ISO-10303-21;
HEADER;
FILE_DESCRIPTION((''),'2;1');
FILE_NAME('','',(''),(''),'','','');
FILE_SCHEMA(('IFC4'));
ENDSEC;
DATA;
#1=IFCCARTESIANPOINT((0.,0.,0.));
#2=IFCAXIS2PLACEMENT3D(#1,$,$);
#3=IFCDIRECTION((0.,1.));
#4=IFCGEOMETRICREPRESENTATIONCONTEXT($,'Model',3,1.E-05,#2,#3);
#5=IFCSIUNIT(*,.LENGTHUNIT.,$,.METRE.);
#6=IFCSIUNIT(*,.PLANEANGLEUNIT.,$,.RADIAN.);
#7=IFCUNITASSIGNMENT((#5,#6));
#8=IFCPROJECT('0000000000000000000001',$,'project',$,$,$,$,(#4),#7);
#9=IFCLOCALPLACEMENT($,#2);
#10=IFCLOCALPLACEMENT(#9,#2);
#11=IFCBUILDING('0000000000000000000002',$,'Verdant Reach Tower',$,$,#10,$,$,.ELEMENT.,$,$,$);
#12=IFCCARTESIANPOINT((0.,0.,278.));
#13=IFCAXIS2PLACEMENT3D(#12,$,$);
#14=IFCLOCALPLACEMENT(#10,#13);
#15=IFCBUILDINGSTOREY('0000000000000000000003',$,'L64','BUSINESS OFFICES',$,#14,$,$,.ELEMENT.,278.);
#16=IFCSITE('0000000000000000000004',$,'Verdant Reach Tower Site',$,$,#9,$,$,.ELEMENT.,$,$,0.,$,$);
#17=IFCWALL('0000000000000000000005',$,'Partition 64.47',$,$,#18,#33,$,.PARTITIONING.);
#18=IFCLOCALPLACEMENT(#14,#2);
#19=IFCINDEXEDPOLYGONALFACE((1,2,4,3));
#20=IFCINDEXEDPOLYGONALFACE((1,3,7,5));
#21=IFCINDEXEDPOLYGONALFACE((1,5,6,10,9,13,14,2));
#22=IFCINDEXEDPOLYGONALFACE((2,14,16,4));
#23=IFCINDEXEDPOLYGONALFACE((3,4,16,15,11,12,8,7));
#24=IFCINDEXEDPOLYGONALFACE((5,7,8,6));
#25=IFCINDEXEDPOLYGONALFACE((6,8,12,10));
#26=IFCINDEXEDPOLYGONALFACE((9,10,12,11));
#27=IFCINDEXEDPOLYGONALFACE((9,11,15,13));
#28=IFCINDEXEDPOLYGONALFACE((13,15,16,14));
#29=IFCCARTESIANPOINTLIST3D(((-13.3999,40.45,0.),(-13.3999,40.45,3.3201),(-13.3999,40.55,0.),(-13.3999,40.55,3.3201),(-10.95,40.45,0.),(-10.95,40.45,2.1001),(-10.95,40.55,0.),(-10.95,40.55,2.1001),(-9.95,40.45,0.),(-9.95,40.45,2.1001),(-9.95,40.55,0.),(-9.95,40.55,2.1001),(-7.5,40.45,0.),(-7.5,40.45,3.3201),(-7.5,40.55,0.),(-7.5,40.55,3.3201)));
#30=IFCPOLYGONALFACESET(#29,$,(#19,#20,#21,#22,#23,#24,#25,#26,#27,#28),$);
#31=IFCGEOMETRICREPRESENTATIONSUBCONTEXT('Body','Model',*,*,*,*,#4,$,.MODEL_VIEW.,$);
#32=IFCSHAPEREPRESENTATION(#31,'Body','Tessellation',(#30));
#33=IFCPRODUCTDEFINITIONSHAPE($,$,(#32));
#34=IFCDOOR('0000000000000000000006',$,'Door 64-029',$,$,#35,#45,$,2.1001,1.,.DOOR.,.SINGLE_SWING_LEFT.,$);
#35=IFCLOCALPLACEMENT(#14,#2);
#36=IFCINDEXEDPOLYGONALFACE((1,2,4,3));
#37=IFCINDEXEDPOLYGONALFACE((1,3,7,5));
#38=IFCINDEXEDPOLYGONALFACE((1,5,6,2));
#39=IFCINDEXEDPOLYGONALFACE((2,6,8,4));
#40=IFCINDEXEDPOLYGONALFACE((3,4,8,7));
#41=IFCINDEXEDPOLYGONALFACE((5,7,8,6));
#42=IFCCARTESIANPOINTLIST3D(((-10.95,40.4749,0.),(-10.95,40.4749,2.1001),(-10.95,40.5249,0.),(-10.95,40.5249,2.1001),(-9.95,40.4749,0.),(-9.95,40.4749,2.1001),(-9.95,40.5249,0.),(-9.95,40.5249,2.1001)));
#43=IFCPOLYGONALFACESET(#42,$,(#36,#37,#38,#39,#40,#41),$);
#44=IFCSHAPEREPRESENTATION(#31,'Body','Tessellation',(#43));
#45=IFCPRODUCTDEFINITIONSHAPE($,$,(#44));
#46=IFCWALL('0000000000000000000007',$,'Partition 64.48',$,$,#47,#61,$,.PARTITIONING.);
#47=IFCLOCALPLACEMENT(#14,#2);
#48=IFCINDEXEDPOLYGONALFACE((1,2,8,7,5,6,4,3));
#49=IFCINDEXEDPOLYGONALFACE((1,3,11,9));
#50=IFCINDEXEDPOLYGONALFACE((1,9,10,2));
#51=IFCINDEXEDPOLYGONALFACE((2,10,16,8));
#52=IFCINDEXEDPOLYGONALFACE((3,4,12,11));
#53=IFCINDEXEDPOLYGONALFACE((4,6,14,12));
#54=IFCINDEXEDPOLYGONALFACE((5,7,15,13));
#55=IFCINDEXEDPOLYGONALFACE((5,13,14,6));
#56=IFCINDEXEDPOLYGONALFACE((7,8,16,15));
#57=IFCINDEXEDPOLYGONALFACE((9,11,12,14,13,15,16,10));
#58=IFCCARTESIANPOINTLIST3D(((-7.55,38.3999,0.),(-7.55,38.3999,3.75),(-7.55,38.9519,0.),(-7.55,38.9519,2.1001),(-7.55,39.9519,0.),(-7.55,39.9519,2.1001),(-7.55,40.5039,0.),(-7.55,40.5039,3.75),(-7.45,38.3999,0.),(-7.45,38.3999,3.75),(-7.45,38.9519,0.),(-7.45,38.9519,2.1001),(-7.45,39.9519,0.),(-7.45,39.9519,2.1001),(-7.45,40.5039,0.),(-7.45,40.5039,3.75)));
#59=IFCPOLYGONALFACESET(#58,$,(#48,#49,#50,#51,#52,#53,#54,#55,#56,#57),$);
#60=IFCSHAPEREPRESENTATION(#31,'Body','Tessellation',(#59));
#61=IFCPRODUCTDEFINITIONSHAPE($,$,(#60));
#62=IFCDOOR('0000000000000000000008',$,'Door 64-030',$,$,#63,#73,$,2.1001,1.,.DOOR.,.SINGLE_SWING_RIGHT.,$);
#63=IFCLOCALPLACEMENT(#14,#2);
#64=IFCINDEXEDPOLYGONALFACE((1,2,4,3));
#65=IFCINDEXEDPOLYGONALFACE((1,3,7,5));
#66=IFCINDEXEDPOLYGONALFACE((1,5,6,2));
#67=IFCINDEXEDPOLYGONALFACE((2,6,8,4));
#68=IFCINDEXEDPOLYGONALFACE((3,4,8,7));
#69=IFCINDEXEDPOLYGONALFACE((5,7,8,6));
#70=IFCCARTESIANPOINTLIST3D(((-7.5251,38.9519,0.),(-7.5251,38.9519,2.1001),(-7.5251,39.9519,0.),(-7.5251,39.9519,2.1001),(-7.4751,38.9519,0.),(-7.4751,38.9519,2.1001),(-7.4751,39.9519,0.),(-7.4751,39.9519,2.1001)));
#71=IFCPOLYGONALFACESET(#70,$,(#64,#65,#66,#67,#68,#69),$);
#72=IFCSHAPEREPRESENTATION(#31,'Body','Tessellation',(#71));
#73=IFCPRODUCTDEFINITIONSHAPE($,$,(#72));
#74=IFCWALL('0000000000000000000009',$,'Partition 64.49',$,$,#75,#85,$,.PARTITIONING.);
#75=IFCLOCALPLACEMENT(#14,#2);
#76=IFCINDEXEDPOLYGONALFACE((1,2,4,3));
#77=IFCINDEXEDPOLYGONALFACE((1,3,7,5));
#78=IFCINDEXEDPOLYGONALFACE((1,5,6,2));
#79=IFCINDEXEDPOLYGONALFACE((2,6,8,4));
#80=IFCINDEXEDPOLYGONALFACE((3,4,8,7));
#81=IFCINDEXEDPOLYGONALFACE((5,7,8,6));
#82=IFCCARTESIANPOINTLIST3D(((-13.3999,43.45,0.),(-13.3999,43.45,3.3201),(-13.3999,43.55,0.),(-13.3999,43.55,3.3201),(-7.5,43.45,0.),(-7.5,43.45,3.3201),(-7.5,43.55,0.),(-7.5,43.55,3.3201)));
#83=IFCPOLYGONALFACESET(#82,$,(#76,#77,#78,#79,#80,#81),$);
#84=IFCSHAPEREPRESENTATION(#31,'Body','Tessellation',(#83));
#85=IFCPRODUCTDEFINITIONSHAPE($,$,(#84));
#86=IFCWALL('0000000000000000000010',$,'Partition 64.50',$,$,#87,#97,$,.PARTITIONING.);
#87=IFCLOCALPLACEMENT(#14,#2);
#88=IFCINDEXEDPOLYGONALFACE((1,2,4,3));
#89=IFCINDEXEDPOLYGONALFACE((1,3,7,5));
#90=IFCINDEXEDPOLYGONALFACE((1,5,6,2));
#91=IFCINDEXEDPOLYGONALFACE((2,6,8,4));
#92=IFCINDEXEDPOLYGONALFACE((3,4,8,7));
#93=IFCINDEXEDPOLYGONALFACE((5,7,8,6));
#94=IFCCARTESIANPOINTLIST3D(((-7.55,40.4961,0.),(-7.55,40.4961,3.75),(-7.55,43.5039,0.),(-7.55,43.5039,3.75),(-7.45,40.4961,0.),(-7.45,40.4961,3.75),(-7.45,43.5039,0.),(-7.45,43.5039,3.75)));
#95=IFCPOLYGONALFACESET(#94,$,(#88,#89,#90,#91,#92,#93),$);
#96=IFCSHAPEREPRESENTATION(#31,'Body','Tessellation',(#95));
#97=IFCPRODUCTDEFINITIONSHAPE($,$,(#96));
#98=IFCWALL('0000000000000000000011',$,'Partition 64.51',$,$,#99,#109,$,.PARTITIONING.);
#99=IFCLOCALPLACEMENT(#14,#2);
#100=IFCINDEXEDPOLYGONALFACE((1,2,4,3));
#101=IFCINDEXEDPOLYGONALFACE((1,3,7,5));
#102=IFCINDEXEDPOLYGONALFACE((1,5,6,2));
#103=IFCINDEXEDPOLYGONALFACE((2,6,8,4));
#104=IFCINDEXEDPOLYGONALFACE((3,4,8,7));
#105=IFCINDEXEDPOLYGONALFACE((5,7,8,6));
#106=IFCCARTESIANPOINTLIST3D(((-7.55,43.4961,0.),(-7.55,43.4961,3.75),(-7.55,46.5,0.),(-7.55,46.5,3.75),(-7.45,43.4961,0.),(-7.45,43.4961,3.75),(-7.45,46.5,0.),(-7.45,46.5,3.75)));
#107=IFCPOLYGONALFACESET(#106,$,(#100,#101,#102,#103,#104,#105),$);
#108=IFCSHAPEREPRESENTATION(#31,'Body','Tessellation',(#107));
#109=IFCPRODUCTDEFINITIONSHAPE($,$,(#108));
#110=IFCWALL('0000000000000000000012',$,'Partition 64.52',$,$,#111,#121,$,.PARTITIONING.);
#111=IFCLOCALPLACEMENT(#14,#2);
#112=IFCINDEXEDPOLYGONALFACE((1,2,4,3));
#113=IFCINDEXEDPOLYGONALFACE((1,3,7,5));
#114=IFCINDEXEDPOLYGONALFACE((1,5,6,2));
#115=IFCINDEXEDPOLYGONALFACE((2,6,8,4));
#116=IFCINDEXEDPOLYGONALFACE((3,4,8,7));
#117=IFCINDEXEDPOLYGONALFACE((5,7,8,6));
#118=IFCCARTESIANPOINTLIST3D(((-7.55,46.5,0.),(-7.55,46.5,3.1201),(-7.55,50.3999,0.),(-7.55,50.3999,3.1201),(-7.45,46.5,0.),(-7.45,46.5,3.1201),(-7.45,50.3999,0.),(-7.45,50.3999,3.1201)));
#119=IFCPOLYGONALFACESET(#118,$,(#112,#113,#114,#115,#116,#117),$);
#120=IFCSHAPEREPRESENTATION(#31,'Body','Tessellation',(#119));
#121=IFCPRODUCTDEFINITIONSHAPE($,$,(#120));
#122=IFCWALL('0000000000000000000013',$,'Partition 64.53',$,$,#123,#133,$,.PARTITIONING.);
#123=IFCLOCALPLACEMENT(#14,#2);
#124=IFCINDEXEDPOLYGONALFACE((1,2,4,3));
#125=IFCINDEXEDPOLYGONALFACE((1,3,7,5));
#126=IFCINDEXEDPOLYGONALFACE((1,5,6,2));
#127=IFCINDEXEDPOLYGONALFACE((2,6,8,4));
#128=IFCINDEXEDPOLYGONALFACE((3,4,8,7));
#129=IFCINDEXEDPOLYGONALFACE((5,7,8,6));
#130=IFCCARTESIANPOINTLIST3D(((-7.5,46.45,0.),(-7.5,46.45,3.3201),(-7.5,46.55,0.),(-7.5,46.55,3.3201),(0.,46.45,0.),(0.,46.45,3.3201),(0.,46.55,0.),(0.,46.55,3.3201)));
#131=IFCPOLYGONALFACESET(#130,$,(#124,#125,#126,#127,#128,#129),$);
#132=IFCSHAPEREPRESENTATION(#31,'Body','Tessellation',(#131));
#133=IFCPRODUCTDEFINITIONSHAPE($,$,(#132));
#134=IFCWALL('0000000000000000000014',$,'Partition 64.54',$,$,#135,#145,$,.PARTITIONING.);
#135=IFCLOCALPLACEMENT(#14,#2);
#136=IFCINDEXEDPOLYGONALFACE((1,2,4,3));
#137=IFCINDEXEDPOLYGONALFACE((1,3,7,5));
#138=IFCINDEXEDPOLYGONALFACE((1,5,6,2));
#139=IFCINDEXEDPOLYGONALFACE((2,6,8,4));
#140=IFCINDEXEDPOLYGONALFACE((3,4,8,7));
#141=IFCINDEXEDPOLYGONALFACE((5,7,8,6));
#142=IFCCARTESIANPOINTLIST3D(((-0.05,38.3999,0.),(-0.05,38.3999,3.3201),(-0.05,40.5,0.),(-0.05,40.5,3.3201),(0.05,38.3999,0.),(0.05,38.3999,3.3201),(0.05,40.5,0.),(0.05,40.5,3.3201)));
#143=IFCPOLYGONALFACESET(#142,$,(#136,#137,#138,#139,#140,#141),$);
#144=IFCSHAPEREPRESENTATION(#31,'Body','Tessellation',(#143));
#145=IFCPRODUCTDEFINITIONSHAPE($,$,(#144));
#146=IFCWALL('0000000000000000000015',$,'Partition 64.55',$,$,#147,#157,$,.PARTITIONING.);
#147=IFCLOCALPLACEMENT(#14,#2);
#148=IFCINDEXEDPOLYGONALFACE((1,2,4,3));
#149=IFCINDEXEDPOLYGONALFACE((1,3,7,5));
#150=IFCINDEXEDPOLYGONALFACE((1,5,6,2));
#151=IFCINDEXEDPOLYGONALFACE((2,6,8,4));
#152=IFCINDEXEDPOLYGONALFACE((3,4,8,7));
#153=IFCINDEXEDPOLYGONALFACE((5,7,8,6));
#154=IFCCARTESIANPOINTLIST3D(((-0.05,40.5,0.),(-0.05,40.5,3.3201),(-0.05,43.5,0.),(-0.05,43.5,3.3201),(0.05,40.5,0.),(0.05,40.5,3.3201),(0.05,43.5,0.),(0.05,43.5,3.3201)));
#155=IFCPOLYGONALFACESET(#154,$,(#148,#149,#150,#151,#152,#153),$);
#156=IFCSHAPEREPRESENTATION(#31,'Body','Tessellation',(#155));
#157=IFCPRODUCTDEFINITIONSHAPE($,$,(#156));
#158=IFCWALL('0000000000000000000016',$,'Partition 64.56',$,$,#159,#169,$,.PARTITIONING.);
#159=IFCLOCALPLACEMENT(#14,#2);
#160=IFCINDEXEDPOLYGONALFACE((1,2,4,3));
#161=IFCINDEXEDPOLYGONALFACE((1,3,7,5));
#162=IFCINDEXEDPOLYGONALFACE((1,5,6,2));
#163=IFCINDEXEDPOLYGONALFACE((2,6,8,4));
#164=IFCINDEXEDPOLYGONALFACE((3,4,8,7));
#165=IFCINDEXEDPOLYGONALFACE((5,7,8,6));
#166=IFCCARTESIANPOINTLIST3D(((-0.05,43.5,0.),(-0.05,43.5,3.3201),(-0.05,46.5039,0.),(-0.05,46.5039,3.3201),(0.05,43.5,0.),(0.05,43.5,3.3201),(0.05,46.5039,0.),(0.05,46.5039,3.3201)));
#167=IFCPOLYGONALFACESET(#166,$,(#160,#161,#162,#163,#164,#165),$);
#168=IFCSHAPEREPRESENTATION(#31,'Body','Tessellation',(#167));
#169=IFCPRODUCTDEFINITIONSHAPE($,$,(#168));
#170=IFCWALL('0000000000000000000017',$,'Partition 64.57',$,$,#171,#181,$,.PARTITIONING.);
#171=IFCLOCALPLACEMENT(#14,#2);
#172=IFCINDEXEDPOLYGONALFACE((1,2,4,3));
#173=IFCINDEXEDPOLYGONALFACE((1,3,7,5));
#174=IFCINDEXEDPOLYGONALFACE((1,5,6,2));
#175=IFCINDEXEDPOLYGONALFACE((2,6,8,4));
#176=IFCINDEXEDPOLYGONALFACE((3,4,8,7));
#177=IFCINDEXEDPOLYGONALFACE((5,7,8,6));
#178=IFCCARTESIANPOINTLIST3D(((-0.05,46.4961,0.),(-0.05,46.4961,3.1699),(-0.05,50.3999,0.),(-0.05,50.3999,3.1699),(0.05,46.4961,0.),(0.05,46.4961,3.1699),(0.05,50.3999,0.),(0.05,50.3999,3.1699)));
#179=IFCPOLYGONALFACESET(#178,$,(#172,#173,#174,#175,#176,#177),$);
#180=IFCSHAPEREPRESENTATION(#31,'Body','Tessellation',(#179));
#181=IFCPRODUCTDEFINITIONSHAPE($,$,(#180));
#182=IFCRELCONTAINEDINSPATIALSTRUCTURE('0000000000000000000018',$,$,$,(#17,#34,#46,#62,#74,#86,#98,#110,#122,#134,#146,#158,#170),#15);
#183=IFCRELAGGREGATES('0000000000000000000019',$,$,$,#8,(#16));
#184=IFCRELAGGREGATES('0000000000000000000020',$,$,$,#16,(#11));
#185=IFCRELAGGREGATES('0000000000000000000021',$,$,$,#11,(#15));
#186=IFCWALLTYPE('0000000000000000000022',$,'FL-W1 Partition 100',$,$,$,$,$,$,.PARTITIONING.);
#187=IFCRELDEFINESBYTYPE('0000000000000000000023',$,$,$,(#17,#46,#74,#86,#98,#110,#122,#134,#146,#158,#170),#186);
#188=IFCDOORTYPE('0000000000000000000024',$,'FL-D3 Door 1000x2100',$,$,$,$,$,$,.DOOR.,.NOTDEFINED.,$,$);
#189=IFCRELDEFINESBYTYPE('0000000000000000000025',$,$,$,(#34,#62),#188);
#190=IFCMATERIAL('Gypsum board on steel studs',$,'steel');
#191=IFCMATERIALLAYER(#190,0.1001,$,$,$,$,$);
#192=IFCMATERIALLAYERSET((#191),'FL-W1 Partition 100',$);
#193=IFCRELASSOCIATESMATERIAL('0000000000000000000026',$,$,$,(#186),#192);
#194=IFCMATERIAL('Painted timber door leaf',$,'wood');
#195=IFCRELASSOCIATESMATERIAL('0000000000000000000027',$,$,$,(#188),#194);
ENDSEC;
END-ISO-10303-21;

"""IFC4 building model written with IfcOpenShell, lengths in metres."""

from ifc_helpers import new_model, si_unit, direction, frame, frame_2d, origin, place, context, subcontext, project, spatial, rectangle, extrude, material, layer, layer_set, type_object, element, fill, save


model = new_model("IFC4")

# Units and contexts
model_context = context("Model", 3, precision=1e-05, world=origin(), true_north=direction((0.0, 1.0)))
body_context = subcontext(model_context, "Body", "Model", "MODEL_VIEW")
ifc_project = project(units=[si_unit("LENGTHUNIT", "METRE"), si_unit("PLANEANGLEUNIT", "RADIAN")], contexts=[model_context])

# Site, building, storey
site_placement = place(None, origin())
site = spatial("IfcSite", under=ifc_project, at=site_placement, Name="Verdant Reach Tower Site", CompositionType="ELEMENT", RefElevation=0.0)
building_placement = place(site_placement, origin())
building = spatial("IfcBuilding", under=site, at=building_placement, Name="Verdant Reach Tower", CompositionType="ELEMENT")
storey_placement = place(building_placement, frame((0.0, 0.0, 278.0)))
storey = spatial("IfcBuildingStorey", under=building, at=storey_placement, Name="L64", Description="BUSINESS OFFICES", CompositionType="ELEMENT", Elevation=278.0)

# Walls, openings, doors
ifc_material_1 = material(Name="Gypsum board on steel studs", Category="steel")
ifc_layer = layer(ifc_material_1, 0.1001)
ifc_layer_set = layer_set([ifc_layer], Name="FL-W1 Partition 100")
wall_type = type_object("IfcWallType", Name="FL-W1 Partition 100", PredefinedType="PARTITIONING", material=ifc_layer_set)
wall_1_placement = place(storey_placement, frame((-13.3999, 40.5, 0.0), z_axis=(0.0, 0.0, 1.0), x_axis=(1.0, 0.0, 0.0)))
wall_1 = element("IfcWall", 1, at=wall_1_placement, inside=storey, type_object=wall_type, Name="Partition 64.47", PredefinedType="PARTITIONING", context=body_context, shape_type="SweptSolid", body=[
    extrude(rectangle(XDim=5.8999, YDim=0.1001, at=frame_2d((2.95, 0.0))), origin(), (0.0, 0.0, 1.0), 3.3201),
])
opening_1_placement = place(wall_1_placement, frame((2.45, 0.0, 0.0)))
opening_1 = element("IfcOpeningElement", 2, at=opening_1_placement, cuts=wall_1, PredefinedType="OPENING", context=body_context, shape_type="SweptSolid", body=[
    extrude(rectangle(XDim=1.0, YDim=2.1001, at=frame_2d((0.5, 1.05))), frame((0.0, 0.0601, 0.0), z_axis=(0.0, -1.0, 0.0), x_axis=(1.0, 0.0, 0.0)), (0.0, 0.0, 1.0), 0.1201),
])
ifc_material_2 = material(Name="Painted timber door leaf", Category="wood")
door_type = type_object("IfcDoorType", Name="FL-D3 Door 1000x2100", OperationType="NOTDEFINED", PredefinedType="DOOR", material=ifc_material_2)
door_1_placement = place(opening_1_placement, origin())
door_1 = element("IfcDoor", 3, at=door_1_placement, inside=storey, type_object=door_type, Name="Door 64-029", OperationType="SINGLE_SWING_LEFT", OverallHeight=2.1001, OverallWidth=1.0, PredefinedType="DOOR", context=body_context, shape_type="SweptSolid", body=[
    extrude(rectangle(XDim=1.0, YDim=2.1001, at=frame_2d((0.5, 1.05))), frame((0.0, 0.0249, 0.0), z_axis=(0.0, -1.0, 0.0), x_axis=(1.0, 0.0, 0.0)), (0.0, 0.0, 1.0), 0.05),
])
fill(opening_1, door_1)
wall_2_placement = place(storey_placement, frame((-7.5, 40.5039, 0.0), z_axis=(0.0, 0.0, 1.0), x_axis=(0.0, -1.0, 0.0)))
wall_2 = element("IfcWall", 4, at=wall_2_placement, inside=storey, type_object=wall_type, Name="Partition 64.48", PredefinedType="PARTITIONING", context=body_context, shape_type="SweptSolid", body=[
    extrude(rectangle(XDim=2.104, YDim=0.1001, at=frame_2d((1.052, 0.0))), origin(), (0.0, 0.0, 1.0), 3.75),
])
opening_2_placement = place(wall_2_placement, frame((0.552, 0.0, 0.0)))
opening_2 = element("IfcOpeningElement", 5, at=opening_2_placement, cuts=wall_2, PredefinedType="OPENING", context=body_context, shape_type="SweptSolid", body=[
    extrude(rectangle(XDim=1.0, YDim=2.1001, at=frame_2d((0.5, 1.05))), frame((0.0, 0.0601, 0.0), z_axis=(0.0, -1.0, 0.0), x_axis=(1.0, 0.0, 0.0)), (0.0, 0.0, 1.0), 0.1201),
])
door_2_placement = place(opening_2_placement, origin())
door_2 = element("IfcDoor", 6, at=door_2_placement, inside=storey, type_object=door_type, Name="Door 64-030", OperationType="SINGLE_SWING_RIGHT", OverallHeight=2.1001, OverallWidth=1.0, PredefinedType="DOOR", context=body_context, shape_type="SweptSolid", body=[
    extrude(rectangle(XDim=1.0, YDim=2.1001, at=frame_2d((0.5, 1.05))), frame((0.0, 0.0249, 0.0), z_axis=(0.0, -1.0, 0.0), x_axis=(1.0, 0.0, 0.0)), (0.0, 0.0, 1.0), 0.05),
])
fill(opening_2, door_2)

# Walls
wall_3_placement = place(storey_placement, frame((-7.5, 43.5, 0.0), z_axis=(0.0, 0.0, 1.0), x_axis=(-1.0, 0.0, 0.0)))
element("IfcWall", 7, at=wall_3_placement, inside=storey, type_object=wall_type, Name="Partition 64.49", PredefinedType="PARTITIONING", context=body_context, shape_type="SweptSolid", body=[
    extrude(rectangle(XDim=5.8999, YDim=0.1001, at=frame_2d((2.95, 0.0))), origin(), (0.0, 0.0, 1.0), 3.3201),
])
wall_4_placement = place(storey_placement, frame((-7.5, 40.4961, 0.0), z_axis=(0.0, 0.0, 1.0), x_axis=(0.0, 1.0, 0.0)))
element("IfcWall", 8, at=wall_4_placement, inside=storey, type_object=wall_type, Name="Partition 64.50", PredefinedType="PARTITIONING", context=body_context, shape_type="SweptSolid", body=[
    extrude(rectangle(XDim=3.0078, YDim=0.1001, at=frame_2d((1.5039, 0.0))), origin(), (0.0, 0.0, 1.0), 3.75),
])
wall_5_placement = place(storey_placement, frame((-7.5, 43.4961, 0.0), z_axis=(0.0, 0.0, 1.0), x_axis=(0.0, 1.0, 0.0)))
element("IfcWall", 9, at=wall_5_placement, inside=storey, type_object=wall_type, Name="Partition 64.51", PredefinedType="PARTITIONING", context=body_context, shape_type="SweptSolid", body=[
    extrude(rectangle(XDim=3.0039, YDim=0.1001, at=frame_2d((1.502, 0.0))), origin(), (0.0, 0.0, 1.0), 3.75),
])
wall_6_placement = place(storey_placement, frame((-7.5, 46.5, 0.0), z_axis=(0.0, 0.0, 1.0), x_axis=(0.0, 1.0, 0.0)))
element("IfcWall", 10, at=wall_6_placement, inside=storey, type_object=wall_type, Name="Partition 64.52", PredefinedType="PARTITIONING", context=body_context, shape_type="SweptSolid", body=[
    extrude(rectangle(XDim=3.8999, YDim=0.1001, at=frame_2d((1.95, 0.0))), origin(), (0.0, 0.0, 1.0), 3.1201),
])
wall_7_placement = place(storey_placement, frame((0.0, 46.5, 0.0), z_axis=(0.0, 0.0, 1.0), x_axis=(-1.0, 0.0, 0.0)))
element("IfcWall", 11, at=wall_7_placement, inside=storey, type_object=wall_type, Name="Partition 64.53", PredefinedType="PARTITIONING", context=body_context, shape_type="SweptSolid", body=[
    extrude(rectangle(XDim=7.5, YDim=0.1001, at=frame_2d((3.75, 0.0))), origin(), (0.0, 0.0, 1.0), 3.3201),
])
wall_8_placement = place(storey_placement, frame((0.0, 38.3999, 0.0), z_axis=(0.0, 0.0, 1.0), x_axis=(0.0, 1.0, 0.0)))
element("IfcWall", 12, at=wall_8_placement, inside=storey, type_object=wall_type, Name="Partition 64.54", PredefinedType="PARTITIONING", context=body_context, shape_type="SweptSolid", body=[
    extrude(rectangle(XDim=2.1001, YDim=0.1001, at=frame_2d((1.05, 0.0))), origin(), (0.0, 0.0, 1.0), 3.3201),
])
wall_9_placement = place(storey_placement, frame((0.0, 40.5, 0.0), z_axis=(0.0, 0.0, 1.0), x_axis=(0.0, 1.0, 0.0)))
element("IfcWall", 13, at=wall_9_placement, inside=storey, type_object=wall_type, Name="Partition 64.55", PredefinedType="PARTITIONING", context=body_context, shape_type="SweptSolid", body=[
    extrude(rectangle(XDim=3.0, YDim=0.1001, at=frame_2d((1.5, 0.0))), origin(), (0.0, 0.0, 1.0), 3.3201),
])
wall_10_placement = place(storey_placement, frame((0.0, 43.5, 0.0), z_axis=(0.0, 0.0, 1.0), x_axis=(0.0, 1.0, 0.0)))
element("IfcWall", 14, at=wall_10_placement, inside=storey, type_object=wall_type, Name="Partition 64.56", PredefinedType="PARTITIONING", context=body_context, shape_type="SweptSolid", body=[
    extrude(rectangle(XDim=3.0039, YDim=0.1001, at=frame_2d((1.502, 0.0))), origin(), (0.0, 0.0, 1.0), 3.3201),
])
wall_11_placement = place(storey_placement, frame((0.0, 46.4961, 0.0), z_axis=(0.0, 0.0, 1.0), x_axis=(0.0, 1.0, 0.0)))
element("IfcWall", 15, at=wall_11_placement, inside=storey, type_object=wall_type, Name="Partition 64.57", PredefinedType="PARTITIONING", context=body_context, shape_type="SweptSolid", body=[
    extrude(rectangle(XDim=3.9038, YDim=0.1001, at=frame_2d((1.9519, 0.0))), origin(), (0.0, 0.0, 1.0), 3.1699),
])

save(model, "model.ifc")
